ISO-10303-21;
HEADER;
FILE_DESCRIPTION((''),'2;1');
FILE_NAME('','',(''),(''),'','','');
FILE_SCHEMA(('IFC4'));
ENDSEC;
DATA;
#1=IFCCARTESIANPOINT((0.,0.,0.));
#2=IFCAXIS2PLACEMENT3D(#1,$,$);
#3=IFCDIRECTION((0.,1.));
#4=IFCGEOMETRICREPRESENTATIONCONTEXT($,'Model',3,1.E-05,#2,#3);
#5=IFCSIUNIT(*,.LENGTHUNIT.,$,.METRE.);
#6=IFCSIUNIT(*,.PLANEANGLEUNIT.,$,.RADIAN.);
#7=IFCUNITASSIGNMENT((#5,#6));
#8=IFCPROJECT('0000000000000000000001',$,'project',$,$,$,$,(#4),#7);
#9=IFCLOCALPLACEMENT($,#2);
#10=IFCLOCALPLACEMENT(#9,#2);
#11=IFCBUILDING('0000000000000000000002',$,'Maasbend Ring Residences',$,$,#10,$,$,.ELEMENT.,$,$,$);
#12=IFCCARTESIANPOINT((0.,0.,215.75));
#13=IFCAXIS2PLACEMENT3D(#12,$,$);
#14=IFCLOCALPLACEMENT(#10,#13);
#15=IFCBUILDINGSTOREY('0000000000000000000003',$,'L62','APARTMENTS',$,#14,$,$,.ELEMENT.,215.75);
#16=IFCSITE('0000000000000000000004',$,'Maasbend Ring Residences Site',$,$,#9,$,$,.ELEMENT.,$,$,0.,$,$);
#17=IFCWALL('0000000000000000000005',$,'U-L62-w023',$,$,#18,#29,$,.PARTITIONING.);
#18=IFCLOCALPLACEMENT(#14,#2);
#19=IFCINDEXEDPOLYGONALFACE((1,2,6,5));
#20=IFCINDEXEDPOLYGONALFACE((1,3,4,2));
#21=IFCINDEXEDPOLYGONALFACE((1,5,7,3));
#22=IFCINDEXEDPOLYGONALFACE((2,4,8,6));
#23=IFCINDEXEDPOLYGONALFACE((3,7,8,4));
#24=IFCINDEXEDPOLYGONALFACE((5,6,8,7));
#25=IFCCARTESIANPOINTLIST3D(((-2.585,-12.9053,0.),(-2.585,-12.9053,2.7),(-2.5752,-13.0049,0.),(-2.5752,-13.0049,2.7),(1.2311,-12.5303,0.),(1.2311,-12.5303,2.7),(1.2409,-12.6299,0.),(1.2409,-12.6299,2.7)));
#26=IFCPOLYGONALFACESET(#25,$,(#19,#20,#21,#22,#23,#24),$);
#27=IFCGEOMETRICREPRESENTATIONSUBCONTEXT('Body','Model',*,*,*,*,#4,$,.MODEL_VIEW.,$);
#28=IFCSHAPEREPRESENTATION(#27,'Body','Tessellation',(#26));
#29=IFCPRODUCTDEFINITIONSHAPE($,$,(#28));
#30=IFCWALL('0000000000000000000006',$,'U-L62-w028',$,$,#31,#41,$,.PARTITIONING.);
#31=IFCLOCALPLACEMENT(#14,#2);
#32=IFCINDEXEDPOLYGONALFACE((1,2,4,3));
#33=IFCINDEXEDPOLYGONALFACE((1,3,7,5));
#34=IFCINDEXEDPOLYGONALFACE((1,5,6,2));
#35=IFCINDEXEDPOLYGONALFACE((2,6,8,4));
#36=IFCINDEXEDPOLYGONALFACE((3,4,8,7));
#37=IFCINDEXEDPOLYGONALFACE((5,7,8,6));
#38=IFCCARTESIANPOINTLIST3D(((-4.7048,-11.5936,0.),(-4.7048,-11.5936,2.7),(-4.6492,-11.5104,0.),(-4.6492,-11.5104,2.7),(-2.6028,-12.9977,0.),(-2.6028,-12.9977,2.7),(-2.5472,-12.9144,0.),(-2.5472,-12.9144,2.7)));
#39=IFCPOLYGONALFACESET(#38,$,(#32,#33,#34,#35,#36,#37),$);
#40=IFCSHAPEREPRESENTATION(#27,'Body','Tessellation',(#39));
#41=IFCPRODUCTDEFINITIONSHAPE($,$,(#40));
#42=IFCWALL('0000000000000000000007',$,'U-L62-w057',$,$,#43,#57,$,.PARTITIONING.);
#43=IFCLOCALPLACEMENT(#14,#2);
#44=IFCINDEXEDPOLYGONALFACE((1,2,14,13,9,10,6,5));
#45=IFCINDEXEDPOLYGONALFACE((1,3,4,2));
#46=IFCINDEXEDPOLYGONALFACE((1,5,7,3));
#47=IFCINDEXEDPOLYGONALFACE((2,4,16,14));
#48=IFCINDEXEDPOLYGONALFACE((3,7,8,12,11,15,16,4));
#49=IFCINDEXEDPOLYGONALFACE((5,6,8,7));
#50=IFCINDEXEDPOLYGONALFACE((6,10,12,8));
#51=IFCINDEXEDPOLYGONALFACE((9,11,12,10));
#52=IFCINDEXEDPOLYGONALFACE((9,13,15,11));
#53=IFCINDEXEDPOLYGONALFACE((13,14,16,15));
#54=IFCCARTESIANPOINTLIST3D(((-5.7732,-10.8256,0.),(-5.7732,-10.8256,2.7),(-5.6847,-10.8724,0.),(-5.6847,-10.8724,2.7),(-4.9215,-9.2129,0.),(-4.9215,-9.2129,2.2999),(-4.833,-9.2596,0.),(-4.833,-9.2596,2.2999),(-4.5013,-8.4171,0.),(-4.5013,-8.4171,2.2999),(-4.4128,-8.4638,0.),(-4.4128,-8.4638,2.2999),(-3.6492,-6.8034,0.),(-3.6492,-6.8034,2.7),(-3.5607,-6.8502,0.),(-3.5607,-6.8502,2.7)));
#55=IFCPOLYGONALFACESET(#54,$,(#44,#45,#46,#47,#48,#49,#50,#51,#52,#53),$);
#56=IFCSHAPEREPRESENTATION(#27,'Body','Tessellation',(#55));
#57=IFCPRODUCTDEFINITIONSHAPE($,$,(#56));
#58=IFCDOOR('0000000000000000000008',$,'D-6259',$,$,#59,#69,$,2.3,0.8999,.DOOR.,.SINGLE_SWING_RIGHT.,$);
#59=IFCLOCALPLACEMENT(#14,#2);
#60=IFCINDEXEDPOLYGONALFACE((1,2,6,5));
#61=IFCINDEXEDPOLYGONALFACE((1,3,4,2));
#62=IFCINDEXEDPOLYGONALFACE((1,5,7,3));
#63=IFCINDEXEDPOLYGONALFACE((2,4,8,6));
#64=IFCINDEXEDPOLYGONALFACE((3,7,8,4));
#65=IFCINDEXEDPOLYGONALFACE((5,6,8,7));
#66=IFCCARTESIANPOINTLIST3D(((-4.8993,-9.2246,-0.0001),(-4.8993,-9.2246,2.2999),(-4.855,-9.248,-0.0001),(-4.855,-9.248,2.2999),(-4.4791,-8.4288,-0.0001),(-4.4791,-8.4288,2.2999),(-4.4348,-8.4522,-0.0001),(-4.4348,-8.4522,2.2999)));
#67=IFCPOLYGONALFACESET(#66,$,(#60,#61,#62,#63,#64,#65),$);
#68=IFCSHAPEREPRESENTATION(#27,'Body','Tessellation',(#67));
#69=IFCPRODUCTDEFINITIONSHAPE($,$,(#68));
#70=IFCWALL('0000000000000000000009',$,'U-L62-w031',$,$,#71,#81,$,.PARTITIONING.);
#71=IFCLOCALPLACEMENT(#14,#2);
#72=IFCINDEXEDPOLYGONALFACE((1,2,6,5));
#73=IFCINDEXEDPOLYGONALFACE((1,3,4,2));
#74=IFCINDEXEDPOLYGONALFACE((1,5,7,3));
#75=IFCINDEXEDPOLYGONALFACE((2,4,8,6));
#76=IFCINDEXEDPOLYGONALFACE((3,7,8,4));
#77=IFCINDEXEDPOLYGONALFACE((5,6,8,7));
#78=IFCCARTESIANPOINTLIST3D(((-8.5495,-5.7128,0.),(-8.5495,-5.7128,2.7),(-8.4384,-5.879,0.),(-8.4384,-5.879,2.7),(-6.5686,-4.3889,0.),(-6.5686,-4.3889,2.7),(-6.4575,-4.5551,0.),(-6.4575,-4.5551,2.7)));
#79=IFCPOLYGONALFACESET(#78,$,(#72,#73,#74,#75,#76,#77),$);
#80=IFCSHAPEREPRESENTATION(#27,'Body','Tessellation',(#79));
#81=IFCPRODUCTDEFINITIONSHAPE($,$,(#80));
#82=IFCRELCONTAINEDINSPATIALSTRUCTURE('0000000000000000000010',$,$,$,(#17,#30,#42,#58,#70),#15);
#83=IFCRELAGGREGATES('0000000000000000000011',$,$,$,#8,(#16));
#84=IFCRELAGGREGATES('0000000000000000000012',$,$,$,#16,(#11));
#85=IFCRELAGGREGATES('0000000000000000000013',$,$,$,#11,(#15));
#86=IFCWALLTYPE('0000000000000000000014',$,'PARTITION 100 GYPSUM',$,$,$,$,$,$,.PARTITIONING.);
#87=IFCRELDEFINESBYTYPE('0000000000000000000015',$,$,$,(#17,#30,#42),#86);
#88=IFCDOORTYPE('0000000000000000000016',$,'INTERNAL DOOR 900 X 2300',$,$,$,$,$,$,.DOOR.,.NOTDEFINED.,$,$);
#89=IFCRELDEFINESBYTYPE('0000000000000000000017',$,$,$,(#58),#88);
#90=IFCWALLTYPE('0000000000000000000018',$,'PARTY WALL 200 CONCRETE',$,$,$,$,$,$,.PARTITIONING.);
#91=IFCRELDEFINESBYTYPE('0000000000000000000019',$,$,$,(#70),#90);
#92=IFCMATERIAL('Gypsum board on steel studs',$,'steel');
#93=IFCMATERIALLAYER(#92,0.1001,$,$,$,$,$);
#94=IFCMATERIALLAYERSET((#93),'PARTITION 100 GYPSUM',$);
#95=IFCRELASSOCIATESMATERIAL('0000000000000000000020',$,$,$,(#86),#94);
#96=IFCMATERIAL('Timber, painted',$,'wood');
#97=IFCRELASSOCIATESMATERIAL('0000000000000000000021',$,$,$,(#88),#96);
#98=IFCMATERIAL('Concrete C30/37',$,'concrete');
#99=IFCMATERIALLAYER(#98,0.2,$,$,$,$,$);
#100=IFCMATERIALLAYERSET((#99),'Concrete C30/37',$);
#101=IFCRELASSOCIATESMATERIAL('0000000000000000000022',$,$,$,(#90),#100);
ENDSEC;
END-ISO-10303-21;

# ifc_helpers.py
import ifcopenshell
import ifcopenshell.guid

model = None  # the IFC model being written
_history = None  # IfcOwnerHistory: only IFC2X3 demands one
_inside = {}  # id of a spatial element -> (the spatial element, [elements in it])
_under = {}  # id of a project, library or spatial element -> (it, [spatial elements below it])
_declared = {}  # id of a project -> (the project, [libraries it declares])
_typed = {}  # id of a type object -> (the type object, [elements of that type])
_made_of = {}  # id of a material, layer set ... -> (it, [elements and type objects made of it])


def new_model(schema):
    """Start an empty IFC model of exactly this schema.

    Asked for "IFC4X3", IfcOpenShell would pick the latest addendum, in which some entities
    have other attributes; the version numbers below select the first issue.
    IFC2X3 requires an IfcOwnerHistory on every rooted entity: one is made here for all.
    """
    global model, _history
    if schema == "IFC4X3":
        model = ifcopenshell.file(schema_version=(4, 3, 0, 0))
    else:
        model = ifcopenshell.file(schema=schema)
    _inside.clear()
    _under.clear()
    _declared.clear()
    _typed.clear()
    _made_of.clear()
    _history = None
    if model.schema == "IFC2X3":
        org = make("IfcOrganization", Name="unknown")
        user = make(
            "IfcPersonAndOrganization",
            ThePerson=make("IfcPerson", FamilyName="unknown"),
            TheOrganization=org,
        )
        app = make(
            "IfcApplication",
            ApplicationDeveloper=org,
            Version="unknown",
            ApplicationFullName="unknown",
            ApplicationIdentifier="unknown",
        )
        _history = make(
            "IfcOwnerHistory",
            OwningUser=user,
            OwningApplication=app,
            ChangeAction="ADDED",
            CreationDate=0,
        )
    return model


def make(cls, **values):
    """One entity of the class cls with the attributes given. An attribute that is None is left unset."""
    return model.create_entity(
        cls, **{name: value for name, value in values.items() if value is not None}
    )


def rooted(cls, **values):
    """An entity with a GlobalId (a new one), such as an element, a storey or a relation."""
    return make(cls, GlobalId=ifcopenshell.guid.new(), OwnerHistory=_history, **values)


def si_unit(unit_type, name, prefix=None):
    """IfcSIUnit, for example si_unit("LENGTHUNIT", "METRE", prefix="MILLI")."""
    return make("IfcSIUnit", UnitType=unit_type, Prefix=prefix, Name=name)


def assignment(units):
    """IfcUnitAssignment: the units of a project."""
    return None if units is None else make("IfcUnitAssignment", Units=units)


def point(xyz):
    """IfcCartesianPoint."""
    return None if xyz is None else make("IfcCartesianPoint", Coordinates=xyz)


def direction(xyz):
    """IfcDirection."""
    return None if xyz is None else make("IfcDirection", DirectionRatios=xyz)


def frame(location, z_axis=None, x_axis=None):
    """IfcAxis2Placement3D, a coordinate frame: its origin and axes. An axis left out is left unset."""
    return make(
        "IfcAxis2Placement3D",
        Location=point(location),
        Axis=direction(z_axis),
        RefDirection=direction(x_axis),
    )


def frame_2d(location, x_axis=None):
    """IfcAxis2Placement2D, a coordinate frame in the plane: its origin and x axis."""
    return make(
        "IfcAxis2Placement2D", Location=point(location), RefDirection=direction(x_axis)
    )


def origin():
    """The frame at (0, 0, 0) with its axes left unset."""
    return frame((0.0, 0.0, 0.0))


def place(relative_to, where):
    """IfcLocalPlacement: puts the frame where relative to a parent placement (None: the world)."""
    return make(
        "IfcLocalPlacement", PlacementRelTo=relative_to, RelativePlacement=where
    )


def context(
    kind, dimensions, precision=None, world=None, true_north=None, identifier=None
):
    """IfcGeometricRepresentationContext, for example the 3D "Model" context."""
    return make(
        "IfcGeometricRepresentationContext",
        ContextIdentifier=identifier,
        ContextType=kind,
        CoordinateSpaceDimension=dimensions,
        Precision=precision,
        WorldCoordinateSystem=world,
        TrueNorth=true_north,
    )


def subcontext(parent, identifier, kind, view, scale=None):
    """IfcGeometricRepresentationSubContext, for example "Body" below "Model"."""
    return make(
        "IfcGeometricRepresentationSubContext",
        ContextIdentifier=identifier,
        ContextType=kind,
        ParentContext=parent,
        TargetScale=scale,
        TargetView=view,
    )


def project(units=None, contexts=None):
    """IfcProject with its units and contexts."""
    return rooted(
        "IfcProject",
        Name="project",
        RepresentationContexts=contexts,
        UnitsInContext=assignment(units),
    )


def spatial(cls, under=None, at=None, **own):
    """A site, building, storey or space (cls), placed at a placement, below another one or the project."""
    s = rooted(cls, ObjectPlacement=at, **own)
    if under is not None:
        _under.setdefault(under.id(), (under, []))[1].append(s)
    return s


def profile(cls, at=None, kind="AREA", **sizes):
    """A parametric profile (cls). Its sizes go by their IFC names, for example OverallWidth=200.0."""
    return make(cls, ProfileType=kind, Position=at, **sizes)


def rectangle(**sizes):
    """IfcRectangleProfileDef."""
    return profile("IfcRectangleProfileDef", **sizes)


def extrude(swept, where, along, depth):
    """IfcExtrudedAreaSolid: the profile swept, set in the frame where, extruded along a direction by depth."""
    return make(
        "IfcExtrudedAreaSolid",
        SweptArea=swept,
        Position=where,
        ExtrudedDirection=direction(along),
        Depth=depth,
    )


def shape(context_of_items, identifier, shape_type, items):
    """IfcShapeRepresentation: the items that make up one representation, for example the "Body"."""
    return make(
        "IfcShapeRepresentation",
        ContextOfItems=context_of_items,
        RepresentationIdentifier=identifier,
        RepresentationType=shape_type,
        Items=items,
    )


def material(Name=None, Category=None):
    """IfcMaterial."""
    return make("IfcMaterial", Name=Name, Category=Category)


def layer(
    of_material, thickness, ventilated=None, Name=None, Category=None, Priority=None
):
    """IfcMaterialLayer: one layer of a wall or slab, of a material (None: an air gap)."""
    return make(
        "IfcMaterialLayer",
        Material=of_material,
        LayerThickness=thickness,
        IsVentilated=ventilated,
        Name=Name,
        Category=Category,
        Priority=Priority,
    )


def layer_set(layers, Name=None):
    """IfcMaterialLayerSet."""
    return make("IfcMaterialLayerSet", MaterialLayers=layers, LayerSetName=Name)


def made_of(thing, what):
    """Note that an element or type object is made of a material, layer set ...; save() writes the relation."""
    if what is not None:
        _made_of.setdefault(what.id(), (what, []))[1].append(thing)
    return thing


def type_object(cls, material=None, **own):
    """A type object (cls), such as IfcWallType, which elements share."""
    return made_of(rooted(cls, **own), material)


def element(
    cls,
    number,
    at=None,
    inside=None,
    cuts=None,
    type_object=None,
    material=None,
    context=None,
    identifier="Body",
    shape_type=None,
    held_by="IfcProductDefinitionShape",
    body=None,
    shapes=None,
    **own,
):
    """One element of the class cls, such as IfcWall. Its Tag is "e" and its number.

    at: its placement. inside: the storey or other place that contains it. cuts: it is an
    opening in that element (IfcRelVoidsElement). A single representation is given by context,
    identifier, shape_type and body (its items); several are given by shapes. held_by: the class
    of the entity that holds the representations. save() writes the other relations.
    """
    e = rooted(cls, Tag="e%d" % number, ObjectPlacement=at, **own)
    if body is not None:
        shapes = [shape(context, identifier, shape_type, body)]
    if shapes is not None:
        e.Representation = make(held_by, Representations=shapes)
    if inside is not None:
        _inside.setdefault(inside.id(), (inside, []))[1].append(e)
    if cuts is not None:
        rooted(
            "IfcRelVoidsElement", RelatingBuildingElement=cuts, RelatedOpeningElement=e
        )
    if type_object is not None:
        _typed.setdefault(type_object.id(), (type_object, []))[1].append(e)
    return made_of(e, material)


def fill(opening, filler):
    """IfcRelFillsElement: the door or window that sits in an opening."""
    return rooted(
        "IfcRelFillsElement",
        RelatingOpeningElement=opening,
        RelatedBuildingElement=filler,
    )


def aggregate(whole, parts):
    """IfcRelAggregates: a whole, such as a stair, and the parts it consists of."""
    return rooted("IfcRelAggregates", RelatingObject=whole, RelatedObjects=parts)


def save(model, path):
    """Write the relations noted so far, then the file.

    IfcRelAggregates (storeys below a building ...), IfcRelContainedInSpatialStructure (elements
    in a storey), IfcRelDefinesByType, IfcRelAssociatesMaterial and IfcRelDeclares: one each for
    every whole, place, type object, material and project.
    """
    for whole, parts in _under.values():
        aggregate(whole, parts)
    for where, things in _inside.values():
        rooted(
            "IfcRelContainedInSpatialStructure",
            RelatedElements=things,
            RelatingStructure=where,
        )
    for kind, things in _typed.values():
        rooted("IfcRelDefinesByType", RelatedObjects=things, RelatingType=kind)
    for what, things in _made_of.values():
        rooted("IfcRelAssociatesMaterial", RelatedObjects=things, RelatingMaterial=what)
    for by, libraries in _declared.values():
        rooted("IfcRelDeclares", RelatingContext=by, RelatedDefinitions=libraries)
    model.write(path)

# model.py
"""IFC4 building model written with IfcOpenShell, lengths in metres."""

from ifc_helpers import new_model, si_unit, direction, frame, frame_2d, origin, place, context, subcontext, project, spatial, rectangle, extrude, material, layer, layer_set, type_object, element, fill, save


model = new_model("IFC4")

# Units and contexts
model_context = context("Model", 3, precision=1e-05, world=origin(), true_north=direction((0.0, 1.0)))
body_context = subcontext(model_context, "Body", "Model", "MODEL_VIEW")
ifc_project = project(units=[si_unit("LENGTHUNIT", "METRE"), si_unit("PLANEANGLEUNIT", "RADIAN")], contexts=[model_context])

# Site, building, storey
site_placement = place(None, origin())
site = spatial("IfcSite", under=ifc_project, at=site_placement, Name="Maasbend Ring Residences Site", CompositionType="ELEMENT", RefElevation=0.0)
building_placement = place(site_placement, origin())
building = spatial("IfcBuilding", under=site, at=building_placement, Name="Maasbend Ring Residences", CompositionType="ELEMENT")
storey_placement = place(building_placement, frame((0.0, 0.0, 215.75)))
storey = spatial("IfcBuildingStorey", under=building, at=storey_placement, Name="L62", Description="APARTMENTS", CompositionType="ELEMENT", Elevation=215.75)

# Walls
ifc_material_1 = material(Name="Gypsum board on steel studs", Category="steel")
ifc_layer_1 = layer(ifc_material_1, 0.1001)
ifc_layer_set_1 = layer_set([ifc_layer_1], Name="PARTITION 100 GYPSUM")
wall_type_1 = type_object("IfcWallType", Name="PARTITION 100 GYPSUM", PredefinedType="PARTITIONING", material=ifc_layer_set_1)
wall_1_placement = place(storey_placement, frame((-2.5801, -12.9551, 0.0), z_axis=(0.0, 0.0, 1.0), x_axis=(0.995207, 0.097795, 0.0)))
element("IfcWall", 1, at=wall_1_placement, inside=storey, type_object=wall_type_1, Name="U-L62-w023", PredefinedType="PARTITIONING", context=body_context, shape_type="SweptSolid", body=[
    extrude(rectangle(XDim=3.8345, YDim=0.1001, at=frame_2d((1.9172, 0.0))), origin(), (0.0, 0.0, 1.0), 2.7),
])
wall_2_placement = place(storey_placement, frame((-4.677, -11.552, 0.0), z_axis=(0.0, 0.0, 1.0), x_axis=(0.83156, -0.555435, 0.0)))
element("IfcWall", 2, at=wall_2_placement, inside=storey, type_object=wall_type_1, Name="U-L62-w028", PredefinedType="PARTITIONING", context=body_context, shape_type="SweptSolid", body=[
    extrude(rectangle(XDim=2.5278, YDim=0.1001, at=frame_2d((1.2639, 0.0))), origin(), (0.0, 0.0, 1.0), 2.7),
])

# Wall, opening, door
wall_3_placement = place(storey_placement, frame((-5.729, -10.8491, 0.0), z_axis=(0.0, 0.0, 1.0), x_axis=(0.466963, 0.884277, 0.0)))
wall_3 = element("IfcWall", 3, at=wall_3_placement, inside=storey, type_object=wall_type_1, Name="U-L62-w057", PredefinedType="PARTITIONING", context=body_context, shape_type="SweptSolid", body=[
    extrude(rectangle(XDim=4.5486, YDim=0.1001, at=frame_2d((2.2744, 0.0))), origin(), (0.0, 0.0, 1.0), 2.7),
])
opening_placement = place(wall_3_placement, frame((1.824, 0.0, 0.0)))
opening = element("IfcOpeningElement", 4, at=opening_placement, cuts=wall_3, PredefinedType="OPENING", context=body_context, shape_type="SweptSolid", body=[
    extrude(rectangle(XDim=0.8999, YDim=2.3, at=frame_2d((0.45, 1.1499))), frame((0.0, 0.0601, 0.0), z_axis=(0.0, -1.0, 0.0), x_axis=(1.0, 0.0, 0.0)), (0.0, 0.0, 1.0), 0.1201),
])
ifc_material_2 = material(Name="Timber, painted", Category="wood")
door_type = type_object("IfcDoorType", Name="INTERNAL DOOR 900 X 2300", OperationType="NOTDEFINED", PredefinedType="DOOR", material=ifc_material_2)
door_placement = place(opening_placement, origin())
door = element("IfcDoor", 5, at=door_placement, inside=storey, type_object=door_type, Name="D-6259", OperationType="SINGLE_SWING_RIGHT", OverallHeight=2.3, OverallWidth=0.8999, PredefinedType="DOOR", context=body_context, shape_type="SweptSolid", body=[
    extrude(rectangle(XDim=0.8999, YDim=2.3, at=frame_2d((0.45, 1.1499))), frame((0.0, 0.0249, 0.0), z_axis=(0.0, -1.0, 0.0), x_axis=(1.0, 0.0, 0.0)), (0.0, 0.0, 1.0), 0.05),
])
fill(opening, door)

# Wall
ifc_material_3 = material(Name="Concrete C30/37", Category="concrete")
ifc_layer_2 = layer(ifc_material_3, 0.2)
ifc_layer_set_2 = layer_set([ifc_layer_2], Name="Concrete C30/37")
wall_type_2 = type_object("IfcWallType", Name="PARTY WALL 200 CONCRETE", PredefinedType="PARTITIONING", material=ifc_layer_set_2)
wall_4_placement = place(storey_placement, frame((-6.5129, -4.4719, 0.0), z_axis=(0.0, 0.0, 1.0), x_axis=(-0.831403, -0.555669, 0.0)))
element("IfcWall", 6, at=wall_4_placement, inside=storey, type_object=wall_type_2, Name="U-L62-w031", PredefinedType="PARTITIONING", context=body_context, shape_type="SweptSolid", body=[
    extrude(rectangle(XDim=2.3826, YDim=0.2, at=frame_2d((1.1914, 0.0))), origin(), (0.0, 0.0, 1.0), 2.7),
])

save(model, "model.ifc")
